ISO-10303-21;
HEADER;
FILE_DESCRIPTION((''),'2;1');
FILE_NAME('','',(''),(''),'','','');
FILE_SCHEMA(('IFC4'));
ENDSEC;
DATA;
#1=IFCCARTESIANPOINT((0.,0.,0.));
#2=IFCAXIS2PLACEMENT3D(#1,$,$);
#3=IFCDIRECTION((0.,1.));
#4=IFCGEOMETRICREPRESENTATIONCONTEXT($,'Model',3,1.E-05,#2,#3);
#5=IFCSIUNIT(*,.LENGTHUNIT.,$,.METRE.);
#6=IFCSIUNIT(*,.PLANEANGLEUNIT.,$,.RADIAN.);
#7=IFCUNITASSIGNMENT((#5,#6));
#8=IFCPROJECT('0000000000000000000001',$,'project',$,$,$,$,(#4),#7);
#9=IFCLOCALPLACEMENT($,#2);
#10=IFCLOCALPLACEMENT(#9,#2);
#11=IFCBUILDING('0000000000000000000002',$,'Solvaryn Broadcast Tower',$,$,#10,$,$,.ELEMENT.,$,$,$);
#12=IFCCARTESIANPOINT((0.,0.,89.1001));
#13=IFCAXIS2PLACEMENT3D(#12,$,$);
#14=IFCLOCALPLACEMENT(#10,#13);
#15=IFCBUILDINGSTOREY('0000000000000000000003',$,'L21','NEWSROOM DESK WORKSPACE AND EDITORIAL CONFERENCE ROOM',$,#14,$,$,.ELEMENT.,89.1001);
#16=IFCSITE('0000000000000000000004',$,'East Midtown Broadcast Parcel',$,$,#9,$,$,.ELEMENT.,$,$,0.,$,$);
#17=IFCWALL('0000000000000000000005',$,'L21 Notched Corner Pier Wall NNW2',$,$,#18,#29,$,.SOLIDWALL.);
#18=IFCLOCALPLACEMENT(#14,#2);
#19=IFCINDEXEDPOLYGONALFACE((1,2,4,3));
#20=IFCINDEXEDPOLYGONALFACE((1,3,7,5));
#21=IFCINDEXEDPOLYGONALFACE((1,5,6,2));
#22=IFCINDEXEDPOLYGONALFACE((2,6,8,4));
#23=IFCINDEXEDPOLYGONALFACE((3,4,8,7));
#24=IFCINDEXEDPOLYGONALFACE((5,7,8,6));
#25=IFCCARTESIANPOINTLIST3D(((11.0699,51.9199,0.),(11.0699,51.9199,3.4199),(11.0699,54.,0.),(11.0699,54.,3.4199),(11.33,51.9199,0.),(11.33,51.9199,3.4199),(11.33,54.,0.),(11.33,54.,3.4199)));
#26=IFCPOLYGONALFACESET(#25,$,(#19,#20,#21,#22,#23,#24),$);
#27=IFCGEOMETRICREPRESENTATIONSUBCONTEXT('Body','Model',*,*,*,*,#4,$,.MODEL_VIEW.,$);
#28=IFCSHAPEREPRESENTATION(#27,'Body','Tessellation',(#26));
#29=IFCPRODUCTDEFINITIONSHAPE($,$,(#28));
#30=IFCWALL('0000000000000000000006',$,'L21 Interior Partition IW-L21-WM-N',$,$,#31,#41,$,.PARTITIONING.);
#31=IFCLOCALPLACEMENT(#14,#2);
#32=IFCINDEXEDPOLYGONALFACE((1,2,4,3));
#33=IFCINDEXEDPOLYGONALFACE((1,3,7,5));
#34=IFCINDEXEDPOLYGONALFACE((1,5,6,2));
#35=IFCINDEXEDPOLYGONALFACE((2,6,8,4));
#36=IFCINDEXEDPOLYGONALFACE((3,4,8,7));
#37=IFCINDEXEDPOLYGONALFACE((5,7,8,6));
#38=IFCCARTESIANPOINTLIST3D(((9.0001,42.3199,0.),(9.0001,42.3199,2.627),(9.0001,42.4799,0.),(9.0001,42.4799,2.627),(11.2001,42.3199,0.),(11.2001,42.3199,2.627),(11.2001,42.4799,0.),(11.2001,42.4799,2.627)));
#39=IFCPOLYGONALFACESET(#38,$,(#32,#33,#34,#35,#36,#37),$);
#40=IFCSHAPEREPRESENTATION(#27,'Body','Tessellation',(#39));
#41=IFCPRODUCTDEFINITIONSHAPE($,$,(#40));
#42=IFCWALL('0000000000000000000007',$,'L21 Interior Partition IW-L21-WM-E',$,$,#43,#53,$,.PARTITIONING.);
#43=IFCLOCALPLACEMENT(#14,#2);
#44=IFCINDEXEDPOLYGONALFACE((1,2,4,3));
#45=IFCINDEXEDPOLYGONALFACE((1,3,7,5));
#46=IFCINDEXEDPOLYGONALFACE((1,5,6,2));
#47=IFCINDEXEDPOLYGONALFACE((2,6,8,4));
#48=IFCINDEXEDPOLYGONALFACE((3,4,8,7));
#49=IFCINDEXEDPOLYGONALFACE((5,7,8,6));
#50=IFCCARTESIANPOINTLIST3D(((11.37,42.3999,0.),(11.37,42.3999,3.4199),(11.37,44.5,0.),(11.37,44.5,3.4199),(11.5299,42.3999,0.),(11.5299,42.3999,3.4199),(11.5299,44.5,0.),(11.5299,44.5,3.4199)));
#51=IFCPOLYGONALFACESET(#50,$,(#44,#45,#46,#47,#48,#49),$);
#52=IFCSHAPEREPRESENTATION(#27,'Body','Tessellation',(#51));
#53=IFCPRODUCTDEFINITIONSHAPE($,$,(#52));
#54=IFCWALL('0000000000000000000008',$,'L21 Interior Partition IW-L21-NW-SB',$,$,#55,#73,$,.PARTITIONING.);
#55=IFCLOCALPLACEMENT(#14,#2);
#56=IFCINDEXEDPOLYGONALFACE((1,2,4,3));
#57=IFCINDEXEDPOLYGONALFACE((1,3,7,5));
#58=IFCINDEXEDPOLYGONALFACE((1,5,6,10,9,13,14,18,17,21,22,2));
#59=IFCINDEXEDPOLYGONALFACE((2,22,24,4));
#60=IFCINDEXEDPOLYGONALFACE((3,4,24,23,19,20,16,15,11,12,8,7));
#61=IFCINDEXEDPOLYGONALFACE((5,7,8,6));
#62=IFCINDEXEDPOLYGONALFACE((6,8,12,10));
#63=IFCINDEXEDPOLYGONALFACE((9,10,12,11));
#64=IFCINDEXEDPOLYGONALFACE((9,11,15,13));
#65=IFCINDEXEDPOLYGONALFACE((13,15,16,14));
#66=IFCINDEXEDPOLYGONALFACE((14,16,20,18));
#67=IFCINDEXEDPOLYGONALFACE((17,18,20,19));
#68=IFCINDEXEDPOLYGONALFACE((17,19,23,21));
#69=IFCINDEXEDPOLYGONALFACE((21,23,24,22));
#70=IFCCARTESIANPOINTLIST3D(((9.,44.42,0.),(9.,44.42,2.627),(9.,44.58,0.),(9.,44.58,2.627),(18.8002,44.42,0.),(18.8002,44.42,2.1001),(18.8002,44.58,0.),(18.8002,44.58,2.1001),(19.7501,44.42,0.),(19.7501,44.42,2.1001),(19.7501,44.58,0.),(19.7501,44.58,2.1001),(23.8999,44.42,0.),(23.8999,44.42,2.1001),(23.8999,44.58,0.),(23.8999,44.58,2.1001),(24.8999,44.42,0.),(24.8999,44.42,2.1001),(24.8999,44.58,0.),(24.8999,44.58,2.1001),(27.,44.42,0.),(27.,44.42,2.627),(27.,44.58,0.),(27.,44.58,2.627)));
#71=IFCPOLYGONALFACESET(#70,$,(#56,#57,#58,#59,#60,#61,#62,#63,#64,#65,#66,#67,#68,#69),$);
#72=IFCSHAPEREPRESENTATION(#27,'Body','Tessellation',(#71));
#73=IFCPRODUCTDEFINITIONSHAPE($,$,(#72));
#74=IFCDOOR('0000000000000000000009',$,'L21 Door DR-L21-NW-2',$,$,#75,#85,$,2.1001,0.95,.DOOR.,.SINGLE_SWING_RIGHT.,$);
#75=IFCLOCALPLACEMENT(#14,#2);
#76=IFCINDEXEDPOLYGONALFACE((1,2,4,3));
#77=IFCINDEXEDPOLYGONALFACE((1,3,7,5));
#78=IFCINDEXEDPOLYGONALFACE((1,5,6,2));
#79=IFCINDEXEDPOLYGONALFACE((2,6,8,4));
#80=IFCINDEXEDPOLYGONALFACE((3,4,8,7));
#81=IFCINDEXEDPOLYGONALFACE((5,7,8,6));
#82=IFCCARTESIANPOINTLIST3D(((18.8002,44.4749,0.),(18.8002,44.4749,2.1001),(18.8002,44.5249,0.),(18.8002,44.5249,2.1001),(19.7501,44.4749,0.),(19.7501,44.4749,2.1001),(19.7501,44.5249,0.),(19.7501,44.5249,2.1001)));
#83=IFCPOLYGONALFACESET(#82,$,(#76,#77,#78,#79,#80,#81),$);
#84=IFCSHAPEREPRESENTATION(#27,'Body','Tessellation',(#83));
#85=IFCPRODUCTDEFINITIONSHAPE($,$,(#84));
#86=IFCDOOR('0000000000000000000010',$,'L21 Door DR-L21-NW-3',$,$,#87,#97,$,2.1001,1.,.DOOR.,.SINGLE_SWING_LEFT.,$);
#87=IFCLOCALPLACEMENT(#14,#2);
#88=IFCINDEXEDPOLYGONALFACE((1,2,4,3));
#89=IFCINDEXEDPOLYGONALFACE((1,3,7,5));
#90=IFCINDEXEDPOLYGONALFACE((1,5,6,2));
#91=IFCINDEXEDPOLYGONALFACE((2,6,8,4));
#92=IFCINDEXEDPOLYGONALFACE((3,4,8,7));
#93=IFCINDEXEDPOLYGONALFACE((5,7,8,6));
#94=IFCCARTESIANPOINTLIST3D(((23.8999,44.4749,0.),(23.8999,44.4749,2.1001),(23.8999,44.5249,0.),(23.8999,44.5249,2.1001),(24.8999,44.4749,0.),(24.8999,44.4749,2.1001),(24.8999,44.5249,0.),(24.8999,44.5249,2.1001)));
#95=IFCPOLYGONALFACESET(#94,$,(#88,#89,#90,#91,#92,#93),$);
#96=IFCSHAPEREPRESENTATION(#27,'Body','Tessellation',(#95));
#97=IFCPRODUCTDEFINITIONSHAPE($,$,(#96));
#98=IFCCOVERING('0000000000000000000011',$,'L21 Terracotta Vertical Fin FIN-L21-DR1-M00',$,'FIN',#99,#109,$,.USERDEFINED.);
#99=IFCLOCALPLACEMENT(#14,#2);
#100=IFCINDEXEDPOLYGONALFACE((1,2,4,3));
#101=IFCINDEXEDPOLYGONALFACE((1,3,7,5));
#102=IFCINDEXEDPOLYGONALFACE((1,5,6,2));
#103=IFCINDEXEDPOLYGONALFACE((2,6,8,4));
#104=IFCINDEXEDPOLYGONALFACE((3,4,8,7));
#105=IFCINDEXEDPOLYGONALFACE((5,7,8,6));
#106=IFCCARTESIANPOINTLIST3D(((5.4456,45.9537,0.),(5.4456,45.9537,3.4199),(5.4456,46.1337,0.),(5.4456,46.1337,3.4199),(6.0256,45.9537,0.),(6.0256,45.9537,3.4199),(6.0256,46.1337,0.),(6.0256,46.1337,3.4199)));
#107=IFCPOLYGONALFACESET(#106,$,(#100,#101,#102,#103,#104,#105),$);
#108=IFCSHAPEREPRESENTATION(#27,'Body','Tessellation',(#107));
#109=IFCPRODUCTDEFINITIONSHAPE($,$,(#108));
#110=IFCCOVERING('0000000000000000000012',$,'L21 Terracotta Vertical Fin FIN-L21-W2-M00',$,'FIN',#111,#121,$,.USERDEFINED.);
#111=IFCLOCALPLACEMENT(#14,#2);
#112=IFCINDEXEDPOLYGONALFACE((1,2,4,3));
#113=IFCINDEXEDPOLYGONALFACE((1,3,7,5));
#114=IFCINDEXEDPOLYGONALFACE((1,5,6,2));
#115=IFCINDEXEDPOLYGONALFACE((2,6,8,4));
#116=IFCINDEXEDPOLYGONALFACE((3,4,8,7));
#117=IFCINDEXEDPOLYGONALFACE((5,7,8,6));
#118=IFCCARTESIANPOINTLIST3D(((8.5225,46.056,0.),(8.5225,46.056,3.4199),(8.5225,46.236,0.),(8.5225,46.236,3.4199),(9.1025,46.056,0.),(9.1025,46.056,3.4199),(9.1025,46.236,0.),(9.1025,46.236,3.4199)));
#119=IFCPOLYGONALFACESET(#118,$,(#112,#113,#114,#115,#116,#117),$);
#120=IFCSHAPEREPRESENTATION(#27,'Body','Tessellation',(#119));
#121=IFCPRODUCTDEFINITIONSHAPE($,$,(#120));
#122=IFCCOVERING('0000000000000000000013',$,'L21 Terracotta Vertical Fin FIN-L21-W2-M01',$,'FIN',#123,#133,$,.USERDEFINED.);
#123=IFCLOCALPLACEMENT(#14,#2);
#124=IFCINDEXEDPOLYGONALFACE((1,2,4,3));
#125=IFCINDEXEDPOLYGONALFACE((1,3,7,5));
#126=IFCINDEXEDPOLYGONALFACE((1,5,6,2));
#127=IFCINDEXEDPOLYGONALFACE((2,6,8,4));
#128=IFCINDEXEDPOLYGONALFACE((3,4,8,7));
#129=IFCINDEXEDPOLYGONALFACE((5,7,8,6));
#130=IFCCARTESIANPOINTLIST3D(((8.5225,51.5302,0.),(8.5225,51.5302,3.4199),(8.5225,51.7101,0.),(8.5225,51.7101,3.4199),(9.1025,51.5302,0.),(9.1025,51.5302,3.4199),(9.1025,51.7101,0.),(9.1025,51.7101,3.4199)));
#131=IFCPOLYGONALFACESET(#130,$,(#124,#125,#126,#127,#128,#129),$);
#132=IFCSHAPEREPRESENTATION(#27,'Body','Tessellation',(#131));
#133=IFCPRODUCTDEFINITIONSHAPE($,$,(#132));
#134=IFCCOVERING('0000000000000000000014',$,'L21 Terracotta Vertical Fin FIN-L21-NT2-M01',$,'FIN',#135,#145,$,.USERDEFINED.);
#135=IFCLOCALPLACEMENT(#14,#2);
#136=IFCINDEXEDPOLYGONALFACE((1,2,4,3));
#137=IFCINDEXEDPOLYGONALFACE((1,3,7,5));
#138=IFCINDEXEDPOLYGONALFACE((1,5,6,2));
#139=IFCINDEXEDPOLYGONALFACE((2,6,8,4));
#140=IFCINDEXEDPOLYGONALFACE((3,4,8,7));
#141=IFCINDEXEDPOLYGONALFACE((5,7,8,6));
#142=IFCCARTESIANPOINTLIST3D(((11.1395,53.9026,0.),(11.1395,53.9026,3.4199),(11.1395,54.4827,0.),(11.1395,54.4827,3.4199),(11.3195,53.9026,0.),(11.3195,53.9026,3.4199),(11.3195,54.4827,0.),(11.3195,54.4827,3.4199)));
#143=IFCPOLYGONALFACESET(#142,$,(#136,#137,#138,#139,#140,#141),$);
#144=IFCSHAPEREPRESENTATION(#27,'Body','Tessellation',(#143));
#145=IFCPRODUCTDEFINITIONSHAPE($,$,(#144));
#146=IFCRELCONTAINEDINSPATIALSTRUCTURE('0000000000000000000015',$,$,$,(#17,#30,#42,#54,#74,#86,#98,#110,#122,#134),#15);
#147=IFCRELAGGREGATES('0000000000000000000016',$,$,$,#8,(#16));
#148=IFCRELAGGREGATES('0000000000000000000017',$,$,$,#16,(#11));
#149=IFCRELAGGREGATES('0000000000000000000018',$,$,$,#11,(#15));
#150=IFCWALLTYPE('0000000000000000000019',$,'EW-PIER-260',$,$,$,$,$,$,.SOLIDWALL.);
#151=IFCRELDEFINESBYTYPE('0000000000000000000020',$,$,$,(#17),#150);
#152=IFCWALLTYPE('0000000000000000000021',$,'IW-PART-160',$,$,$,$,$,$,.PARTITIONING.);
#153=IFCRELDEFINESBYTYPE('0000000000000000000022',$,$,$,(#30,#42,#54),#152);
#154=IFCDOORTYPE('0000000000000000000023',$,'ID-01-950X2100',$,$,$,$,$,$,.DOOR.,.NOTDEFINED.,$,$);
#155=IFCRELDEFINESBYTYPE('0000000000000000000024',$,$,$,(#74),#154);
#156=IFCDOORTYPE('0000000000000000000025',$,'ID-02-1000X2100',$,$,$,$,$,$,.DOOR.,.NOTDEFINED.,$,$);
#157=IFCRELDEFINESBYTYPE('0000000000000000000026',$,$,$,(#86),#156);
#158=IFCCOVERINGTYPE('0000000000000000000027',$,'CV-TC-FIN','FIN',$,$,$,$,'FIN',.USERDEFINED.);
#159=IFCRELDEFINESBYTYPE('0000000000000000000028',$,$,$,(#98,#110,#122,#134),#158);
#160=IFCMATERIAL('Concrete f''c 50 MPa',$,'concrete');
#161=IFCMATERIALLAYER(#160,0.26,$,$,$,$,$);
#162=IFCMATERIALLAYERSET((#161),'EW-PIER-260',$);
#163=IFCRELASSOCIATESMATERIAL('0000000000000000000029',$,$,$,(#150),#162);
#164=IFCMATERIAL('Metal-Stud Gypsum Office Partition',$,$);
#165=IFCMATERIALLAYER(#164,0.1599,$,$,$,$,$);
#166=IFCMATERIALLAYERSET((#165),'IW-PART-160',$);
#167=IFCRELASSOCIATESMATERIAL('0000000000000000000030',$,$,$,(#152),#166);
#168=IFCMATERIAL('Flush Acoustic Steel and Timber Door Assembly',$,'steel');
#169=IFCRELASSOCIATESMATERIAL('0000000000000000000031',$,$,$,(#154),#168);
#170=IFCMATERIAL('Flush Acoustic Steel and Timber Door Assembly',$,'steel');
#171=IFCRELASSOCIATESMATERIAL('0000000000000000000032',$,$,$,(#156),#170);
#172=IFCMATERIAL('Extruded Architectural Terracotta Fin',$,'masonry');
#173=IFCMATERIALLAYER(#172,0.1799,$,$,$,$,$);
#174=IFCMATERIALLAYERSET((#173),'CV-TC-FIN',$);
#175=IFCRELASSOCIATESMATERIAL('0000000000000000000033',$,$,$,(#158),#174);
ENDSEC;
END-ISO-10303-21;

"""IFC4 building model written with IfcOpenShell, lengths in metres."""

from ifc_helpers import new_model, si_unit, direction, frame, frame_2d, origin, origin_2d, place, context, subcontext, project, spatial, rectangle, extrude, material, layer, layer_set, type_object, element, fill, save


model = new_model("IFC4")

# Units and contexts
model_context = context("Model", 3, precision=1e-05, world=origin(), true_north=direction((0.0, 1.0)))
body_context = subcontext(model_context, "Body", "Model", "MODEL_VIEW")
ifc_project = project(units=[si_unit("LENGTHUNIT", "METRE"), si_unit("PLANEANGLEUNIT", "RADIAN")], contexts=[model_context])

# Site, building, storey
site_placement = place(None, origin())
site = spatial("IfcSite", under=ifc_project, at=site_placement, Name="East Midtown Broadcast Parcel", CompositionType="ELEMENT", RefElevation=0.0)
building_placement = place(site_placement, origin())
building = spatial("IfcBuilding", under=site, at=building_placement, Name="Solvaryn Broadcast Tower", CompositionType="ELEMENT")
storey_placement = place(building_placement, frame((0.0, 0.0, 89.1001)))
storey = spatial("IfcBuildingStorey", under=building, at=storey_placement, Name="L21", Description="NEWSROOM DESK WORKSPACE AND EDITORIAL CONFERENCE ROOM", CompositionType="ELEMENT", Elevation=89.1001)

# Walls
ifc_material_1 = material(Name="Concrete f'c 50 MPa", Category="concrete")
ifc_layer_1 = layer(ifc_material_1, 0.26)
ifc_layer_set_1 = layer_set([ifc_layer_1], Name="EW-PIER-260")
wall_type_1 = type_object("IfcWallType", Name="EW-PIER-260", PredefinedType="SOLIDWALL", material=ifc_layer_set_1)
wall_1_placement = place(storey_placement, frame((11.2, 51.9199, 0.0), z_axis=(0.0, 0.0, 1.0), x_axis=(0.0, 1.0, 0.0)))
element("IfcWall", 1, at=wall_1_placement, inside=storey, type_object=wall_type_1, Name="L21 Notched Corner Pier Wall NNW2", PredefinedType="SOLIDWALL", context=body_context, shape_type="SweptSolid", body=[
    extrude(rectangle(XDim=2.0801, YDim=0.26, at=frame_2d((1.04, 0.0))), origin(), (0.0, 0.0, 1.0), 3.4199),
])
ifc_material_2 = material(Name="Metal-Stud Gypsum Office Partition")
ifc_layer_2 = layer(ifc_material_2, 0.1599)
ifc_layer_set_2 = layer_set([ifc_layer_2], Name="IW-PART-160")
wall_type_2 = type_object("IfcWallType", Name="IW-PART-160", PredefinedType="PARTITIONING", material=ifc_layer_set_2)
wall_2_placement = place(storey_placement, frame((9.0, 42.3999, 0.0), z_axis=(0.0, 0.0, 1.0), x_axis=(1.0, 0.0, 0.0)))
element("IfcWall", 2, at=wall_2_placement, inside=storey, type_object=wall_type_2, Name="L21 Interior Partition IW-L21-WM-N", PredefinedType="PARTITIONING", context=body_context, shape_type="SweptSolid", body=[
    extrude(rectangle(XDim=2.2, YDim=0.1599, at=frame_2d((1.1001, 0.0))), origin(), (0.0, 0.0, 1.0), 2.627),
])
wall_3_placement = place(storey_placement, frame((11.45, 42.3999, 0.0), z_axis=(0.0, 0.0, 1.0), x_axis=(0.0, 1.0, 0.0)))
element("IfcWall", 3, at=wall_3_placement, inside=storey, type_object=wall_type_2, Name="L21 Interior Partition IW-L21-WM-E", PredefinedType="PARTITIONING", context=body_context, shape_type="SweptSolid", body=[
    extrude(rectangle(XDim=2.1001, YDim=0.1599, at=frame_2d((1.05, 0.0))), origin(), (0.0, 0.0, 1.0), 3.4199),
])

# Wall, openings, doors
wall_4_placement = place(storey_placement, frame((9.0, 44.5, 0.0), z_axis=(0.0, 0.0, 1.0), x_axis=(1.0, 0.0, 0.0)))
wall_4 = element("IfcWall", 4, at=wall_4_placement, inside=storey, type_object=wall_type_2, Name="L21 Interior Partition IW-L21-NW-SB", PredefinedType="PARTITIONING", context=body_context, shape_type="SweptSolid", body=[
    extrude(rectangle(XDim=18.0, YDim=0.1599, at=frame_2d((9.0, 0.0))), origin(), (0.0, 0.0, 1.0), 2.627),
])
opening_1_placement = place(wall_4_placement, frame((9.8, 0.0, 0.0)))
opening_1 = element("IfcOpeningElement", 5, at=opening_1_placement, cuts=wall_4, PredefinedType="OPENING", context=body_context, shape_type="SweptSolid", body=[
    extrude(rectangle(XDim=0.95, YDim=2.1001, at=frame_2d((0.4751, 1.05))), frame((0.0, 0.0901, 0.0), z_axis=(0.0, -1.0, 0.0), x_axis=(1.0, 0.0, 0.0)), (0.0, 0.0, 1.0), 0.1799),
])
opening_2_placement = place(wall_4_placement, frame((14.8999, 0.0, 0.0)))
opening_2 = element("IfcOpeningElement", 6, at=opening_2_placement, cuts=wall_4, PredefinedType="OPENING", context=body_context, shape_type="SweptSolid", body=[
    extrude(rectangle(XDim=1.0, YDim=2.1001, at=frame_2d((0.5, 1.05))), frame((0.0, 0.0901, 0.0), z_axis=(0.0, -1.0, 0.0), x_axis=(1.0, 0.0, 0.0)), (0.0, 0.0, 1.0), 0.1799),
])
ifc_material_3 = material(Name="Flush Acoustic Steel and Timber Door Assembly", Category="steel")
door_type_1 = type_object("IfcDoorType", Name="ID-01-950X2100", OperationType="NOTDEFINED", PredefinedType="DOOR", material=ifc_material_3)
door_1_placement = place(opening_1_placement, origin())
door_1 = element("IfcDoor", 7, at=door_1_placement, inside=storey, type_object=door_type_1, Name="L21 Door DR-L21-NW-2", OperationType="SINGLE_SWING_RIGHT", OverallHeight=2.1001, OverallWidth=0.95, PredefinedType="DOOR", context=body_context, shape_type="SweptSolid", body=[
    extrude(rectangle(XDim=0.95, YDim=2.1001, at=frame_2d((0.4751, 1.05))), frame((0.0, 0.0249, 0.0), z_axis=(0.0, -1.0, 0.0), x_axis=(1.0, 0.0, 0.0)), (0.0, 0.0, 1.0), 0.05),
])
fill(opening_1, door_1)
ifc_material_4 = material(Name="Flush Acoustic Steel and Timber Door Assembly", Category="steel")
door_type_2 = type_object("IfcDoorType", Name="ID-02-1000X2100", OperationType="NOTDEFINED", PredefinedType="DOOR", material=ifc_material_4)
door_2_placement = place(opening_2_placement, origin())
door_2 = element("IfcDoor", 8, at=door_2_placement, inside=storey, type_object=door_type_2, Name="L21 Door DR-L21-NW-3", OperationType="SINGLE_SWING_LEFT", OverallHeight=2.1001, OverallWidth=1.0, PredefinedType="DOOR", context=body_context, shape_type="SweptSolid", body=[
    extrude(rectangle(XDim=1.0, YDim=2.1001, at=frame_2d((0.5, 1.05))), frame((0.0, 0.0249, 0.0), z_axis=(0.0, -1.0, 0.0), x_axis=(1.0, 0.0, 0.0)), (0.0, 0.0, 1.0), 0.05),
])
fill(opening_2, door_2)

# Coverings
ifc_material_5 = material(Name="Extruded Architectural Terracotta Fin", Category="masonry")
ifc_layer_3 = layer(ifc_material_5, 0.1799)
ifc_layer_set_3 = layer_set([ifc_layer_3], Name="CV-TC-FIN")
covering_type = type_object("IfcCoveringType", Name="CV-TC-FIN", Description="FIN", ElementType="FIN", PredefinedType="USERDEFINED", material=ifc_layer_set_3)
for number, where, z_axis, x_axis, name in (
    (9, (5.7356, 46.0437, 0.0), (0.0, 0.0, 1.0), (1.0, 0.0, 0.0), "L21 Terracotta Vertical Fin FIN-L21-DR1-M00"),
    (10, (8.8125, 46.146, 0.0), (0.0, 0.0, 1.0), (1.0, 0.0, 0.0), "L21 Terracotta Vertical Fin FIN-L21-W2-M00"),
    (11, (8.8125, 51.6201, 0.0), (0.0, 0.0, 1.0), (1.0, 0.0, 0.0), "L21 Terracotta Vertical Fin FIN-L21-W2-M01"),
):
    element("IfcCovering", number, at=place(storey_placement, frame(where, z_axis=z_axis, x_axis=x_axis)), inside=storey, type_object=covering_type, Name=name, ObjectType="FIN", PredefinedType="USERDEFINED", context=body_context, shape_type="SweptSolid", body=[
        extrude(rectangle(XDim=0.5801, YDim=0.1799, at=origin_2d()), origin(), (0.0, 0.0, 1.0), 3.4199),
    ])
covering_placement = place(storey_placement, frame((11.2295, 54.1926, 0.0), z_axis=(0.0, 0.0, 1.0), x_axis=(1.0, 0.0, 0.0)))
element("IfcCovering", 12, at=covering_placement, inside=storey, type_object=covering_type, Name="L21 Terracotta Vertical Fin FIN-L21-NT2-M01", ObjectType="FIN", PredefinedType="USERDEFINED", context=body_context, shape_type="SweptSolid", body=[
    extrude(rectangle(XDim=0.1799, YDim=0.5801, at=origin_2d()), origin(), (0.0, 0.0, 1.0), 3.4199),
])

save(model, "model.ifc")
